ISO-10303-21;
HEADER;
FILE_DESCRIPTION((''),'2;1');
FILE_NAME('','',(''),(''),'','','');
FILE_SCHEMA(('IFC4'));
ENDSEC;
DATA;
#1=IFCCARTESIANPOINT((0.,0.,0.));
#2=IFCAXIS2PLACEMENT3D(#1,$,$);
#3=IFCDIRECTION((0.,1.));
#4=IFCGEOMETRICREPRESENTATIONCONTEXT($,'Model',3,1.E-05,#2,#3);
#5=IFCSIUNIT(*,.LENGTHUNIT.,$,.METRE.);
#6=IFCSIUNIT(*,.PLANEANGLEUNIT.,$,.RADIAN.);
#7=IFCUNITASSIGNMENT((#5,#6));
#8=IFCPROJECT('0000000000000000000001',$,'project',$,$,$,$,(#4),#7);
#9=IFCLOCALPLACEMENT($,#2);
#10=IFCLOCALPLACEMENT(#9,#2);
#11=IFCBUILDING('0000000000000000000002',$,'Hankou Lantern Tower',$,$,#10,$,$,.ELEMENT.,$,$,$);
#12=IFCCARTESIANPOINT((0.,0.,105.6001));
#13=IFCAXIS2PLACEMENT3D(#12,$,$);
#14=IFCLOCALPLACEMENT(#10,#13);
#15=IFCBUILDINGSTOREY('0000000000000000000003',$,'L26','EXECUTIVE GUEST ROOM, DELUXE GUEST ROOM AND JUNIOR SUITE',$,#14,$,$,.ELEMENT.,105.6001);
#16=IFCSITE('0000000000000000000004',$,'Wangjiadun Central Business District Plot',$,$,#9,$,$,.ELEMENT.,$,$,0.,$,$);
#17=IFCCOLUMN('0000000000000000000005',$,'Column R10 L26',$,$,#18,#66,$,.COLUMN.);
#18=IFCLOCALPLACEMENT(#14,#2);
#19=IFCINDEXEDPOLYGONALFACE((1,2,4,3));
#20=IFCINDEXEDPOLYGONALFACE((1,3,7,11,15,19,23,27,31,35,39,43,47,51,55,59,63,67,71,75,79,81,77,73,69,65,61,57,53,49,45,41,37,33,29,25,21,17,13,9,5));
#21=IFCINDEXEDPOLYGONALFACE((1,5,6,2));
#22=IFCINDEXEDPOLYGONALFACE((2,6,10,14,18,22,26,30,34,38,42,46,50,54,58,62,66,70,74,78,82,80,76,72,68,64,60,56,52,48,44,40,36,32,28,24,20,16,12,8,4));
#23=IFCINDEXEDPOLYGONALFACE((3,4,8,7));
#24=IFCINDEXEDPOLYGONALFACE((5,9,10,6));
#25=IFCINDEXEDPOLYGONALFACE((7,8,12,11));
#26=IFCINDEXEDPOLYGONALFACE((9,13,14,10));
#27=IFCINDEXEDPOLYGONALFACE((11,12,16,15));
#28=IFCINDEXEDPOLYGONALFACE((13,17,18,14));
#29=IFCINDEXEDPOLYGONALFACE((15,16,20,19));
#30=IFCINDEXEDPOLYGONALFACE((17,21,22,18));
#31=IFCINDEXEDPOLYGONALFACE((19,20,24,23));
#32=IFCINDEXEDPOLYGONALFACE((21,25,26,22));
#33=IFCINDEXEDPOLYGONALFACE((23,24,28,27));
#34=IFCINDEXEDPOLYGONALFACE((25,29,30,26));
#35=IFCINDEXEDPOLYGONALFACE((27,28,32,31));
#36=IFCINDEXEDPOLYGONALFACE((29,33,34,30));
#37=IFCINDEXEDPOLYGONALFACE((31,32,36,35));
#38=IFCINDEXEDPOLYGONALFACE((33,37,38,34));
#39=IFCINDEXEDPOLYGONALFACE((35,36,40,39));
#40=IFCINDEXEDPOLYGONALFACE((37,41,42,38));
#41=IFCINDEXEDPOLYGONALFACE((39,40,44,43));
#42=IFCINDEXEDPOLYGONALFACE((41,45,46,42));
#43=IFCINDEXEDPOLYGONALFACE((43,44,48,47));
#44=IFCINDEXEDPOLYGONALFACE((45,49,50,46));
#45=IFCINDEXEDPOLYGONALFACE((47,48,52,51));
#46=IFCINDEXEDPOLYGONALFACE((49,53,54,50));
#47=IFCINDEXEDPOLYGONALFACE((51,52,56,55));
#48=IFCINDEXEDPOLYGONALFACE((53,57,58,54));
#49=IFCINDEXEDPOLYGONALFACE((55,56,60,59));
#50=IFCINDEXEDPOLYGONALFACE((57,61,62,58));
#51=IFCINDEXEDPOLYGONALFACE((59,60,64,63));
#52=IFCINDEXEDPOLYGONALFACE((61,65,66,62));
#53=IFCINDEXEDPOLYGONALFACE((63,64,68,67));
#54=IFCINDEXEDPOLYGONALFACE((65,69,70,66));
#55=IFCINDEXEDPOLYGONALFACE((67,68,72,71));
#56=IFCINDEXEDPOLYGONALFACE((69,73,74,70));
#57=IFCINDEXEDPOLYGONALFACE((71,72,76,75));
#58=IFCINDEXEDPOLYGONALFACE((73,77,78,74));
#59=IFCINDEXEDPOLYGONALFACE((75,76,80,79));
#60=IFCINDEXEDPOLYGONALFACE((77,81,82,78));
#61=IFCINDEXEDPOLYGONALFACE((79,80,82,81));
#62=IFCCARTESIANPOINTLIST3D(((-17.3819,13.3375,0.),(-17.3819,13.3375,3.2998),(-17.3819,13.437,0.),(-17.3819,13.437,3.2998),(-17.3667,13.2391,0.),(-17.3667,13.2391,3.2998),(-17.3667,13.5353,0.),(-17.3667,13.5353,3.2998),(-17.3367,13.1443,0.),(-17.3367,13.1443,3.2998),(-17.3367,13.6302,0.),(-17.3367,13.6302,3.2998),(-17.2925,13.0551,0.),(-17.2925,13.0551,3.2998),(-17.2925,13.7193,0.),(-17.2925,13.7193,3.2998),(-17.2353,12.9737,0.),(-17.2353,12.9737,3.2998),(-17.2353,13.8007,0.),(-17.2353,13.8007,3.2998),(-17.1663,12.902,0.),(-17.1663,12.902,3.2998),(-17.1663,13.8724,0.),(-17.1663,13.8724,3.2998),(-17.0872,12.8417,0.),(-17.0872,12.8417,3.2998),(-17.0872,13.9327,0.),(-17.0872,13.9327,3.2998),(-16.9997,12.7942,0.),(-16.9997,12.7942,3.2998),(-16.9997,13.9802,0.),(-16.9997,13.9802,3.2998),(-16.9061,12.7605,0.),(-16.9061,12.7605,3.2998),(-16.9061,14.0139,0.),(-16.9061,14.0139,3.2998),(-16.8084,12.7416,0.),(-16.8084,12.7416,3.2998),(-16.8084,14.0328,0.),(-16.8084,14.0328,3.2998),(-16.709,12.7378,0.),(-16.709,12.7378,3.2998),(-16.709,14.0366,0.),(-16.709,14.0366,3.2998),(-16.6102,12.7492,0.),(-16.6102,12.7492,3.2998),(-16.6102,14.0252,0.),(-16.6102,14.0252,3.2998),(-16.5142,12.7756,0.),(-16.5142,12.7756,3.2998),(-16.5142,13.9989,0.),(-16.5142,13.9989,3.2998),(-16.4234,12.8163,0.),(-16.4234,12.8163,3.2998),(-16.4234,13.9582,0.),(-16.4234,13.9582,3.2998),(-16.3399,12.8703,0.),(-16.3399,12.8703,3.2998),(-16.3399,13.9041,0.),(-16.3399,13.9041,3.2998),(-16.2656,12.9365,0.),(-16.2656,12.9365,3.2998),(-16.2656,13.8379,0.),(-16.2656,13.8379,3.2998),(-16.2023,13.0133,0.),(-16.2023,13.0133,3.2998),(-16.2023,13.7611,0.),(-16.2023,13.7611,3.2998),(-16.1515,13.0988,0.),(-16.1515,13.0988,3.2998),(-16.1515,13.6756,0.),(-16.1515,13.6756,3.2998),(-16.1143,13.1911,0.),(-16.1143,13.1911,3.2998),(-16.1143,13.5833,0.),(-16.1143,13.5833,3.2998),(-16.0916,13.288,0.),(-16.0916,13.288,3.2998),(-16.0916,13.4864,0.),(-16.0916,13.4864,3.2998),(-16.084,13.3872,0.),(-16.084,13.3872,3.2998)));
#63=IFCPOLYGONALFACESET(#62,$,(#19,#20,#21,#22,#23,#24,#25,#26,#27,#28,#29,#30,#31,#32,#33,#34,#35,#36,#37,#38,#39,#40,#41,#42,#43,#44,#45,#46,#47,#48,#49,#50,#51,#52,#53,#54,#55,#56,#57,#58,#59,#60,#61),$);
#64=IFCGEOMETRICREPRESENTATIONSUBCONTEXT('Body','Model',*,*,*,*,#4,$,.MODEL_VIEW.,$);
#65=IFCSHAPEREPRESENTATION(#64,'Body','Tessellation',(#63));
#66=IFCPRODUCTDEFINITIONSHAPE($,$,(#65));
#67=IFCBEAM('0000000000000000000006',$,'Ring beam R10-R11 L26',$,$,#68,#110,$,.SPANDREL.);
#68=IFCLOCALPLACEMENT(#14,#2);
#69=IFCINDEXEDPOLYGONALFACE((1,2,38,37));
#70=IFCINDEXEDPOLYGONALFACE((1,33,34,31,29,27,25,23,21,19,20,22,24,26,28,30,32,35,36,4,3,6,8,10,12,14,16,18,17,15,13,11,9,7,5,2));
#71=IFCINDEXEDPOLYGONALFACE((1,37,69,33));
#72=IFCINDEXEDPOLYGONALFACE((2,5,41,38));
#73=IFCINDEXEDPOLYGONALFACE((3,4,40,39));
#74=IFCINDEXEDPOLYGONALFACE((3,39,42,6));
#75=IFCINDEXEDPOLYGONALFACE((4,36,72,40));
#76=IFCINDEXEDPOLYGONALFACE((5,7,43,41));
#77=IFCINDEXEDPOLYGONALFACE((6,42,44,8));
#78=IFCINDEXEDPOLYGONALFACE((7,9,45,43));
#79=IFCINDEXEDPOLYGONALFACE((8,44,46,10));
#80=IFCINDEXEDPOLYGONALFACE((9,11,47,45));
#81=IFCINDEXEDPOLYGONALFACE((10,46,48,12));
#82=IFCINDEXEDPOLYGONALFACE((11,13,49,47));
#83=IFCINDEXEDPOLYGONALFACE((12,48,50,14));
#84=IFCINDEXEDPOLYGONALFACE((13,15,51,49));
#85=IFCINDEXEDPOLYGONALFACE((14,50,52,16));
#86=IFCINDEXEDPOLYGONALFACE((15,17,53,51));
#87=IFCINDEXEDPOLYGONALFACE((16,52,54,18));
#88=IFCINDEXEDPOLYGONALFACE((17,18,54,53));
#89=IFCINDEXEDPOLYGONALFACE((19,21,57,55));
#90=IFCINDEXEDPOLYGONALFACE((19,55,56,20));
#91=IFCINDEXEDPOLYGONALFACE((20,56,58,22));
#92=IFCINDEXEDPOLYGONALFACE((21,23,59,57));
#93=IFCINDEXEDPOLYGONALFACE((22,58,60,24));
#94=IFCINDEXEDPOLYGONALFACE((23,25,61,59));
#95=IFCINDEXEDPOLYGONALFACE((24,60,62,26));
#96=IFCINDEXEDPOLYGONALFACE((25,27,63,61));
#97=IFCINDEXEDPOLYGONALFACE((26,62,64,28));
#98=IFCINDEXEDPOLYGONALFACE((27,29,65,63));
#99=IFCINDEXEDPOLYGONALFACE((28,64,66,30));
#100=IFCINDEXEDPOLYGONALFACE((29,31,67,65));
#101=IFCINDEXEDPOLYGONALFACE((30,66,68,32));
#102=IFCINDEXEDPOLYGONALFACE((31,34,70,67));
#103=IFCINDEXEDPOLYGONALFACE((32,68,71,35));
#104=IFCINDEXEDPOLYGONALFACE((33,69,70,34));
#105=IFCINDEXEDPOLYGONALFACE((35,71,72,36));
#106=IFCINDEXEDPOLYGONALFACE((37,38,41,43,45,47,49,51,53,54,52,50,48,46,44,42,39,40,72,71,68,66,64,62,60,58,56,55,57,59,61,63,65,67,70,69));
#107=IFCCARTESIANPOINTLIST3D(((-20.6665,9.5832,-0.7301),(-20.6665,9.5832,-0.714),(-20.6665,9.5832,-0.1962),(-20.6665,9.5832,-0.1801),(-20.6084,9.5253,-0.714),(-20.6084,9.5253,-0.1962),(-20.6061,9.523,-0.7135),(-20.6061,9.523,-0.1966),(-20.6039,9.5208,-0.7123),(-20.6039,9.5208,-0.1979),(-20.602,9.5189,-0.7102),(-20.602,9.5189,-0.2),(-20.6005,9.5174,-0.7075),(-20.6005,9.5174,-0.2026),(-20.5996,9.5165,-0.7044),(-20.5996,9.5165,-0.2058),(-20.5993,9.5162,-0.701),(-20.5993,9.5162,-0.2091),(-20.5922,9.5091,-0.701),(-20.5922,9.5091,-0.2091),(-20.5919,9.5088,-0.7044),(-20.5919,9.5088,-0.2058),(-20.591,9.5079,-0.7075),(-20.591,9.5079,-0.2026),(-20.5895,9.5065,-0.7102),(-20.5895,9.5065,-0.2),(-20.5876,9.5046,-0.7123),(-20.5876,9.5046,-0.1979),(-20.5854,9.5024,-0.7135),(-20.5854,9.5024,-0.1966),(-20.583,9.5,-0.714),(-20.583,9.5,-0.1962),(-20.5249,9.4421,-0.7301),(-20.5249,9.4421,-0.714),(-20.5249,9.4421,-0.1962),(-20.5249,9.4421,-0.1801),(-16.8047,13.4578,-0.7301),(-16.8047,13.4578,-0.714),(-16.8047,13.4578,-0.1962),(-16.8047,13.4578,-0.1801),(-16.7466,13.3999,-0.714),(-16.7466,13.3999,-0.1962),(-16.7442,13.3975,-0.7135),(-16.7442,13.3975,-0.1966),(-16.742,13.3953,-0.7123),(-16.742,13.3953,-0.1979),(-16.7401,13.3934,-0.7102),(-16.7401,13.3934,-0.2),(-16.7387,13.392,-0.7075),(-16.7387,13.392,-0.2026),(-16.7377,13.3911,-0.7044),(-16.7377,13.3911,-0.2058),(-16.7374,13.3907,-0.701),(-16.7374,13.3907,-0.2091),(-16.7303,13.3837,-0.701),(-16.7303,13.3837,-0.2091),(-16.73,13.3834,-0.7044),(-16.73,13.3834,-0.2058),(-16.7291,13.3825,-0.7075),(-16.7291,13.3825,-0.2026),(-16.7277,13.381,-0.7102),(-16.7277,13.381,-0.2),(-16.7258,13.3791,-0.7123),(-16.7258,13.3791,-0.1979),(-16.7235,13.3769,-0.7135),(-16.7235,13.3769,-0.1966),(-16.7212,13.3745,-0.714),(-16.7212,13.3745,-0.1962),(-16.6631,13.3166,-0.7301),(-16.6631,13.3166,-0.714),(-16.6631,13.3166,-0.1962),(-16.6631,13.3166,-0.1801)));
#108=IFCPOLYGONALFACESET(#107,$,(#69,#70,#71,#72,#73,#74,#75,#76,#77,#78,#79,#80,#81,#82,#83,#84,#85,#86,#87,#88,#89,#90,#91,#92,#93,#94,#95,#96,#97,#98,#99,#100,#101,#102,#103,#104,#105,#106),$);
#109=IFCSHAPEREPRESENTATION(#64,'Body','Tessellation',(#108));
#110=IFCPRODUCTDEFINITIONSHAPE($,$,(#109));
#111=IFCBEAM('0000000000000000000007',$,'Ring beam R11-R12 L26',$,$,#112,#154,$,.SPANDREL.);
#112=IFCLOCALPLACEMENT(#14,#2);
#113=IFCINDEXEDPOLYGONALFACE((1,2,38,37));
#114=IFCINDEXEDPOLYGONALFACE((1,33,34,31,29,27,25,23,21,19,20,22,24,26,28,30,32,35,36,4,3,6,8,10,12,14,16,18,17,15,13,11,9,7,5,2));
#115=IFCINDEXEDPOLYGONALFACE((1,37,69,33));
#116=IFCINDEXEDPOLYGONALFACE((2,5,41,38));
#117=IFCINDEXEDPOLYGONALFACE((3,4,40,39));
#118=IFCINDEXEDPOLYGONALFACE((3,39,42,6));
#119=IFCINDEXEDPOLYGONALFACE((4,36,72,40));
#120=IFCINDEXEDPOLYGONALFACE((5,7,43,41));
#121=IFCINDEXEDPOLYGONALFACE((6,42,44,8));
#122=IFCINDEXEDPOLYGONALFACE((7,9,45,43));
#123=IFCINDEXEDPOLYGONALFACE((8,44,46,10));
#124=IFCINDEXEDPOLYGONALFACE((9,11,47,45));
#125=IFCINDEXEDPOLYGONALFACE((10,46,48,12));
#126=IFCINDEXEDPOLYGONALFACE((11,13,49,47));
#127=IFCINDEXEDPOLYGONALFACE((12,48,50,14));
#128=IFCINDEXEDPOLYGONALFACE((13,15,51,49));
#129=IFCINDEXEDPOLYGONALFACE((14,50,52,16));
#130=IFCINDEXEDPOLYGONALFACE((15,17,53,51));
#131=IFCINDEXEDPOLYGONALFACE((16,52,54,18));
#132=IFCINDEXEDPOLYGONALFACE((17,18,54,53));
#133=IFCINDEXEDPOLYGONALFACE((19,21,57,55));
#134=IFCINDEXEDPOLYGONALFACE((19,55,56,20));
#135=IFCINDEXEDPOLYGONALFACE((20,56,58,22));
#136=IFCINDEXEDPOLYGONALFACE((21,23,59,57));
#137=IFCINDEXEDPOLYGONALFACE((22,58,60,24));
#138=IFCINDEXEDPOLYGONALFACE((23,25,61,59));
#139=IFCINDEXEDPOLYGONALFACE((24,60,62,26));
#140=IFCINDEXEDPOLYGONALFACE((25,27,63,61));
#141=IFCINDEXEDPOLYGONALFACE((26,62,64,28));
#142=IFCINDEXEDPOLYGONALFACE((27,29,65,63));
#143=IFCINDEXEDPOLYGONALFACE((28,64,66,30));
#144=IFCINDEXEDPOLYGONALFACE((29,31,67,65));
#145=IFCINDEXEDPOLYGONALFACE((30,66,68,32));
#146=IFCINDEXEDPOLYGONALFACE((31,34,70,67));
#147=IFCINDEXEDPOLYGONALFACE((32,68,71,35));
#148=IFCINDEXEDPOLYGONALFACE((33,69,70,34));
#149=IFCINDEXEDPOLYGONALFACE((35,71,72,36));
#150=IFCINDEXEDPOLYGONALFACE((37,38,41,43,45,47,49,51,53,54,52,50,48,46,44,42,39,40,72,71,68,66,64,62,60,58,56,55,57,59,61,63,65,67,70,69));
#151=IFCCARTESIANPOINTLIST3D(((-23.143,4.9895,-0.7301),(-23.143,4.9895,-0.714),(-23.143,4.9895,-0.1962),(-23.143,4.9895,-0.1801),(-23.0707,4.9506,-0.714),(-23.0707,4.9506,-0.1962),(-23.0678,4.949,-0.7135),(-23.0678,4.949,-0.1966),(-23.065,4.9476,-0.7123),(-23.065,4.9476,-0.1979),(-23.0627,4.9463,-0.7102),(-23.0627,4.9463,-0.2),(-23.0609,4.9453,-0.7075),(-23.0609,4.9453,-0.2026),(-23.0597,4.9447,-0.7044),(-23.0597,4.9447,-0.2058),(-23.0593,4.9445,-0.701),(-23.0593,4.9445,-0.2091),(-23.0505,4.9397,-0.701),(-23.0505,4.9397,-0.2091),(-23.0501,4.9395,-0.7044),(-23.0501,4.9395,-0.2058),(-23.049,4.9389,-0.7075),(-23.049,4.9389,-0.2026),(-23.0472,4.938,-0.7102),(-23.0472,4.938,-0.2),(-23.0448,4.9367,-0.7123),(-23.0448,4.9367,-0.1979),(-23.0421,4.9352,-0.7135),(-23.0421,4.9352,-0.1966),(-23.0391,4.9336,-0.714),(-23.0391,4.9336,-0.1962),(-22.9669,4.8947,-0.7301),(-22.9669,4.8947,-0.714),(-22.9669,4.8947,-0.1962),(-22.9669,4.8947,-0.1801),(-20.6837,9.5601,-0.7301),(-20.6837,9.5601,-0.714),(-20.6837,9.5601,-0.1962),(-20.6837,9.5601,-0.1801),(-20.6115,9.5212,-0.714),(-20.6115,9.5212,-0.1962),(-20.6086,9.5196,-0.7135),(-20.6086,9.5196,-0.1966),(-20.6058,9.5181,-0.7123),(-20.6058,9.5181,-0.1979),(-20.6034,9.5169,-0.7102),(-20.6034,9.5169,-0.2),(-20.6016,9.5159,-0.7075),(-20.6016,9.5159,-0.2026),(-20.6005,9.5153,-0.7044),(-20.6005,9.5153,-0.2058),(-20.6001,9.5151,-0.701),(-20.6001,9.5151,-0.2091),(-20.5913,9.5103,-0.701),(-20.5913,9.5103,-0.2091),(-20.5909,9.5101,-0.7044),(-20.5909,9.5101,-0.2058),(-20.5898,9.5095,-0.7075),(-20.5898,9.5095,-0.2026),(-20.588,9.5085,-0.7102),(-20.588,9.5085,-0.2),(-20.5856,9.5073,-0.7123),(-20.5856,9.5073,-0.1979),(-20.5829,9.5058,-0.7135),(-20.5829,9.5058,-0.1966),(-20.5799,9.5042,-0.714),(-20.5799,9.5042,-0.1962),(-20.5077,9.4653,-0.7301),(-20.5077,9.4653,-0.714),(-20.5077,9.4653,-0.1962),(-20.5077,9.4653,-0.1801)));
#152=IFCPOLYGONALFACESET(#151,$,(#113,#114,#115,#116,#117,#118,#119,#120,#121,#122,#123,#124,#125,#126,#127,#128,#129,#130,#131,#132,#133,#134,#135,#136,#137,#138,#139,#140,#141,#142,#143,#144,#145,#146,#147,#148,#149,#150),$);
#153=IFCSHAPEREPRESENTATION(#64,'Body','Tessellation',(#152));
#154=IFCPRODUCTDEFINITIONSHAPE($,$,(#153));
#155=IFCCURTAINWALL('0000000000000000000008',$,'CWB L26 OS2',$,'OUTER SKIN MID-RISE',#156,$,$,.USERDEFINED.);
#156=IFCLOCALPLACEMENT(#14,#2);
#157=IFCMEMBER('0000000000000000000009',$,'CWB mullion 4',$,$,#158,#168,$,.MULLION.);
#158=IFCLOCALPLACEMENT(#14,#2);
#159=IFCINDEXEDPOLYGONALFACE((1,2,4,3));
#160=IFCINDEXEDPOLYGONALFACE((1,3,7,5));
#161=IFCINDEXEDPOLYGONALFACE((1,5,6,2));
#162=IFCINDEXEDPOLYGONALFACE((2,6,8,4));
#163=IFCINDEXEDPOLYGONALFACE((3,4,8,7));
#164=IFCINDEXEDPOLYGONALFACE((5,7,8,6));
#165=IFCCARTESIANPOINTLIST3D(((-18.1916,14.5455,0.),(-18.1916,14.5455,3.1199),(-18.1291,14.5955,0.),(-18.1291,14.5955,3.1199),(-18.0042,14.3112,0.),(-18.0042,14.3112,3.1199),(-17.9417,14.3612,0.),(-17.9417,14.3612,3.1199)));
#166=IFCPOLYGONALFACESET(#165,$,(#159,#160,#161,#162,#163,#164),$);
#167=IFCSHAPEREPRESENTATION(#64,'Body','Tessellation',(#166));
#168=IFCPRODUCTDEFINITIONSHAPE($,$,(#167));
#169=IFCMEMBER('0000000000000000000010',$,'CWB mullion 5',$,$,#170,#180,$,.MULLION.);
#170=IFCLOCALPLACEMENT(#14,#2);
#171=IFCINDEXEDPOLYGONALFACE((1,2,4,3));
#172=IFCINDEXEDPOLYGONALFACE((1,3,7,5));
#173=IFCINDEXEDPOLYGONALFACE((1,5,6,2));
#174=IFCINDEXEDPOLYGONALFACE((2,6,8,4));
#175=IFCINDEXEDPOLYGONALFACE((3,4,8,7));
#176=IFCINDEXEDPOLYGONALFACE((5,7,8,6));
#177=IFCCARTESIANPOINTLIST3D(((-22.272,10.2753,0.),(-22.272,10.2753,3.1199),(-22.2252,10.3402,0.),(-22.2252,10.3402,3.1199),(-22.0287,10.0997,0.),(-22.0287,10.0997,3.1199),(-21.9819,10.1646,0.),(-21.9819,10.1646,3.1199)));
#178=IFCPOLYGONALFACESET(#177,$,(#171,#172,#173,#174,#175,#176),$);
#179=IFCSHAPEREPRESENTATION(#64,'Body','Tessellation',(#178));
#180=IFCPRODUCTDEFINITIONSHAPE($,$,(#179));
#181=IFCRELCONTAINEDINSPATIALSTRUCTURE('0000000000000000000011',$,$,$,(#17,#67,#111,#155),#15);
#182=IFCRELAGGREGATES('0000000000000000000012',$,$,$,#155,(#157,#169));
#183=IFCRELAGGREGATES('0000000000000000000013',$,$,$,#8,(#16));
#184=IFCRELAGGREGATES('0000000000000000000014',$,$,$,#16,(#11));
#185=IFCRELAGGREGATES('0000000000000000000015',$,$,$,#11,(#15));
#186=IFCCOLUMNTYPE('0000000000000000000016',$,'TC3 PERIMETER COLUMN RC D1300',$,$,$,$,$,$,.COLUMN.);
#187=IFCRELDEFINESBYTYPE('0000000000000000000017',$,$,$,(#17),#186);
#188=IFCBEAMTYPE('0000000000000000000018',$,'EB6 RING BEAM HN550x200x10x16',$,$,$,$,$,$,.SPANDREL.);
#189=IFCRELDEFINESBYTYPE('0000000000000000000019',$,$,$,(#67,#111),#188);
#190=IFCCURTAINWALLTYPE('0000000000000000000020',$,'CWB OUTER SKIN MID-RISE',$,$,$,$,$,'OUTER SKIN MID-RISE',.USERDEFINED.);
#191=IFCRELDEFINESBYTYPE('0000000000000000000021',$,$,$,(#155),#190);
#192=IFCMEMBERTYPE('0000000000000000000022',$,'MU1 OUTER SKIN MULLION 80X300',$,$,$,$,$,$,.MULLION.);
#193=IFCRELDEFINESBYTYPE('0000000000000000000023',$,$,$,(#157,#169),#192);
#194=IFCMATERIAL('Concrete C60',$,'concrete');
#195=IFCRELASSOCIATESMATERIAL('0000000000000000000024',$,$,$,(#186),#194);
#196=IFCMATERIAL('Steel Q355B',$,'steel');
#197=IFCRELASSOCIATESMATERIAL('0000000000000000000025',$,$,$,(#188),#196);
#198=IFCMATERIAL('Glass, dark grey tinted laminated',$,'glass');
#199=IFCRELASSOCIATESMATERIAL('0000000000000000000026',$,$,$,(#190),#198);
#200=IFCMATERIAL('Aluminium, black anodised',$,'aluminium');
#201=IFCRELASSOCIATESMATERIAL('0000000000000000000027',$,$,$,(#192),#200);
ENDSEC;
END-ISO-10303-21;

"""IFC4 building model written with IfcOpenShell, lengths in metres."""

from ifc_helpers import new_model, si_unit, direction, frame, origin, origin_2d, place, context, subcontext, project, spatial, rectangle, circle, i_section, extrude, material, material_profile, profile_set, type_object, element, aggregate, save


model = new_model("IFC4")

# Units and contexts
model_context = context("Model", 3, precision=1e-05, world=origin(), true_north=direction((0.0, 1.0)))
body_context = subcontext(model_context, "Body", "Model", "MODEL_VIEW")
ifc_project = project(units=[si_unit("LENGTHUNIT", "METRE"), si_unit("PLANEANGLEUNIT", "RADIAN")], contexts=[model_context])

# Site, building, storey
site_placement = place(None, origin())
site = spatial("IfcSite", under=ifc_project, at=site_placement, Name="Wangjiadun Central Business District Plot", CompositionType="ELEMENT", RefElevation=0.0)
building_placement = place(site_placement, origin())
building = spatial("IfcBuilding", under=site, at=building_placement, Name="Hankou Lantern Tower", CompositionType="ELEMENT")
storey_placement = place(building_placement, frame((0.0, 0.0, 105.6001)))
storey = spatial("IfcBuildingStorey", under=building, at=storey_placement, Name="L26", Description="EXECUTIVE GUEST ROOM, DELUXE GUEST ROOM AND JUNIOR SUITE", CompositionType="ELEMENT", Elevation=105.6001)

# Column
ifc_material_1 = material(Name="Concrete C60", Category="concrete")
ifc_material_profile_1 = material_profile(ifc_material_1, circle(Radius=0.6499, at=origin_2d()), Name="RC D1300")
ifc_profile_set_1 = profile_set([ifc_material_profile_1], Name="Concrete C60")
column_type = type_object("IfcColumnType", Name="TC3 PERIMETER COLUMN RC D1300", PredefinedType="COLUMN", material=ifc_profile_set_1)
column_placement = place(storey_placement, frame((-16.7339, 13.3872, 0.0), z_axis=(0.0, 0.0, 1.0), x_axis=(1.0, 0.0, 0.0)))
element("IfcColumn", 1, at=column_placement, inside=storey, type_object=column_type, Name="Column R10 L26", PredefinedType="COLUMN", context=body_context, shape_type="SweptSolid", body=[
    extrude(circle(Radius=0.6499, at=origin_2d()), origin(), (0.0, 0.0, 1.0), 3.2998),
])

# Beams
ifc_material_2 = material(Name="Steel Q355B", Category="steel")
ifc_material_profile_2 = material_profile(ifc_material_2, i_section(OverallWidth=0.2, OverallDepth=0.55, WebThickness=0.01, FlangeThickness=0.0161, FilletRadius=0.0129, at=origin_2d()), Name="HN550x200x10x16")
ifc_profile_set_2 = profile_set([ifc_material_profile_2], Name="Steel Q355B")
beam_type_1 = type_object("IfcBeamType", Name="EB6 RING BEAM HN550x200x10x16", PredefinedType="SPANDREL", material=ifc_profile_set_2)
beam_1_placement = place(storey_placement, frame((-16.7339, 13.3872, -0.4551), z_axis=(-0.705945, -0.708266, 0.0), x_axis=(0.708266, -0.705945, 0.0)))
element("IfcBeam", 2, at=beam_1_placement, inside=storey, type_object=beam_type_1, Name="Ring beam R10-R11 L26", PredefinedType="SPANDREL", context=body_context, shape_type="SweptSolid", body=[
    extrude(i_section(OverallWidth=0.2, OverallDepth=0.55, WebThickness=0.01, FlangeThickness=0.0161, FilletRadius=0.0129, at=origin_2d()), origin(), (0.0, 0.0, 1.0), 5.4705),
])
beam_2_placement = place(storey_placement, frame((-20.5957, 9.5127, -0.4551), z_axis=(-0.473825, -0.880619, 0.0), x_axis=(0.880619, -0.473825, 0.0)))
element("IfcBeam", 3, at=beam_2_placement, inside=storey, type_object=beam_type_1, Name="Ring beam R11-R12 L26", PredefinedType="SPANDREL", context=body_context, shape_type="SweptSolid", body=[
    extrude(i_section(OverallWidth=0.2, OverallDepth=0.55, WebThickness=0.01, FlangeThickness=0.0161, FilletRadius=0.0129, at=origin_2d()), origin(), (0.0, 0.0, 1.0), 5.1902),
])

# Curtain wall, members
ifc_material_3 = material(Name="Glass, dark grey tinted laminated", Category="glass")
curtain_wall_type = type_object("IfcCurtainWallType", Name="CWB OUTER SKIN MID-RISE", ElementType="OUTER SKIN MID-RISE", PredefinedType="USERDEFINED", material=ifc_material_3)
curtain_wall_placement = place(storey_placement, origin())
curtain_wall = element("IfcCurtainWall", 4, at=curtain_wall_placement, inside=storey, type_object=curtain_wall_type, Name="CWB L26 OS2", ObjectType="OUTER SKIN MID-RISE", PredefinedType="USERDEFINED")
ifc_material_4 = material(Name="Aluminium, black anodised", Category="aluminium")
ifc_material_profile_3 = material_profile(ifc_material_4, rectangle(XDim=0.0801, YDim=0.3, at=origin_2d()), Name="MU1 80X300")
ifc_profile_set_3 = profile_set([ifc_material_profile_3], Name="Aluminium, black anodised")
member_type_1 = type_object("IfcMemberType", Name="MU1 OUTER SKIN MULLION 80X300", PredefinedType="MULLION", material=ifc_profile_set_3)
member_1_placement = place(storey_placement, frame((-18.0667, 14.4534, 0.0), z_axis=(0.0, 0.0, 1.0), x_axis=(-0.780869, -0.624695, 0.0)))
member_1 = element("IfcMember", 5, at=member_1_placement, type_object=member_type_1, Name="CWB mullion 4", PredefinedType="MULLION", context=body_context, shape_type="SweptSolid", body=[
    extrude(rectangle(XDim=0.0801, YDim=0.3, at=origin_2d()), origin(), (0.0, 0.0, 1.0), 3.1199),
])
member_2_placement = place(storey_placement, frame((-22.127, 10.22, 0.0), z_axis=(0.0, 0.0, 1.0), x_axis=(-0.585206, -0.810885, 0.0)))
member_2 = element("IfcMember", 6, at=member_2_placement, type_object=member_type_1, Name="CWB mullion 5", PredefinedType="MULLION", context=body_context, shape_type="SweptSolid", body=[
    extrude(rectangle(XDim=0.0801, YDim=0.3, at=origin_2d()), origin(), (0.0, 0.0, 1.0), 3.1199),
])

aggregate(curtain_wall, [member_1, member_2])

save(model, "model.ifc")
